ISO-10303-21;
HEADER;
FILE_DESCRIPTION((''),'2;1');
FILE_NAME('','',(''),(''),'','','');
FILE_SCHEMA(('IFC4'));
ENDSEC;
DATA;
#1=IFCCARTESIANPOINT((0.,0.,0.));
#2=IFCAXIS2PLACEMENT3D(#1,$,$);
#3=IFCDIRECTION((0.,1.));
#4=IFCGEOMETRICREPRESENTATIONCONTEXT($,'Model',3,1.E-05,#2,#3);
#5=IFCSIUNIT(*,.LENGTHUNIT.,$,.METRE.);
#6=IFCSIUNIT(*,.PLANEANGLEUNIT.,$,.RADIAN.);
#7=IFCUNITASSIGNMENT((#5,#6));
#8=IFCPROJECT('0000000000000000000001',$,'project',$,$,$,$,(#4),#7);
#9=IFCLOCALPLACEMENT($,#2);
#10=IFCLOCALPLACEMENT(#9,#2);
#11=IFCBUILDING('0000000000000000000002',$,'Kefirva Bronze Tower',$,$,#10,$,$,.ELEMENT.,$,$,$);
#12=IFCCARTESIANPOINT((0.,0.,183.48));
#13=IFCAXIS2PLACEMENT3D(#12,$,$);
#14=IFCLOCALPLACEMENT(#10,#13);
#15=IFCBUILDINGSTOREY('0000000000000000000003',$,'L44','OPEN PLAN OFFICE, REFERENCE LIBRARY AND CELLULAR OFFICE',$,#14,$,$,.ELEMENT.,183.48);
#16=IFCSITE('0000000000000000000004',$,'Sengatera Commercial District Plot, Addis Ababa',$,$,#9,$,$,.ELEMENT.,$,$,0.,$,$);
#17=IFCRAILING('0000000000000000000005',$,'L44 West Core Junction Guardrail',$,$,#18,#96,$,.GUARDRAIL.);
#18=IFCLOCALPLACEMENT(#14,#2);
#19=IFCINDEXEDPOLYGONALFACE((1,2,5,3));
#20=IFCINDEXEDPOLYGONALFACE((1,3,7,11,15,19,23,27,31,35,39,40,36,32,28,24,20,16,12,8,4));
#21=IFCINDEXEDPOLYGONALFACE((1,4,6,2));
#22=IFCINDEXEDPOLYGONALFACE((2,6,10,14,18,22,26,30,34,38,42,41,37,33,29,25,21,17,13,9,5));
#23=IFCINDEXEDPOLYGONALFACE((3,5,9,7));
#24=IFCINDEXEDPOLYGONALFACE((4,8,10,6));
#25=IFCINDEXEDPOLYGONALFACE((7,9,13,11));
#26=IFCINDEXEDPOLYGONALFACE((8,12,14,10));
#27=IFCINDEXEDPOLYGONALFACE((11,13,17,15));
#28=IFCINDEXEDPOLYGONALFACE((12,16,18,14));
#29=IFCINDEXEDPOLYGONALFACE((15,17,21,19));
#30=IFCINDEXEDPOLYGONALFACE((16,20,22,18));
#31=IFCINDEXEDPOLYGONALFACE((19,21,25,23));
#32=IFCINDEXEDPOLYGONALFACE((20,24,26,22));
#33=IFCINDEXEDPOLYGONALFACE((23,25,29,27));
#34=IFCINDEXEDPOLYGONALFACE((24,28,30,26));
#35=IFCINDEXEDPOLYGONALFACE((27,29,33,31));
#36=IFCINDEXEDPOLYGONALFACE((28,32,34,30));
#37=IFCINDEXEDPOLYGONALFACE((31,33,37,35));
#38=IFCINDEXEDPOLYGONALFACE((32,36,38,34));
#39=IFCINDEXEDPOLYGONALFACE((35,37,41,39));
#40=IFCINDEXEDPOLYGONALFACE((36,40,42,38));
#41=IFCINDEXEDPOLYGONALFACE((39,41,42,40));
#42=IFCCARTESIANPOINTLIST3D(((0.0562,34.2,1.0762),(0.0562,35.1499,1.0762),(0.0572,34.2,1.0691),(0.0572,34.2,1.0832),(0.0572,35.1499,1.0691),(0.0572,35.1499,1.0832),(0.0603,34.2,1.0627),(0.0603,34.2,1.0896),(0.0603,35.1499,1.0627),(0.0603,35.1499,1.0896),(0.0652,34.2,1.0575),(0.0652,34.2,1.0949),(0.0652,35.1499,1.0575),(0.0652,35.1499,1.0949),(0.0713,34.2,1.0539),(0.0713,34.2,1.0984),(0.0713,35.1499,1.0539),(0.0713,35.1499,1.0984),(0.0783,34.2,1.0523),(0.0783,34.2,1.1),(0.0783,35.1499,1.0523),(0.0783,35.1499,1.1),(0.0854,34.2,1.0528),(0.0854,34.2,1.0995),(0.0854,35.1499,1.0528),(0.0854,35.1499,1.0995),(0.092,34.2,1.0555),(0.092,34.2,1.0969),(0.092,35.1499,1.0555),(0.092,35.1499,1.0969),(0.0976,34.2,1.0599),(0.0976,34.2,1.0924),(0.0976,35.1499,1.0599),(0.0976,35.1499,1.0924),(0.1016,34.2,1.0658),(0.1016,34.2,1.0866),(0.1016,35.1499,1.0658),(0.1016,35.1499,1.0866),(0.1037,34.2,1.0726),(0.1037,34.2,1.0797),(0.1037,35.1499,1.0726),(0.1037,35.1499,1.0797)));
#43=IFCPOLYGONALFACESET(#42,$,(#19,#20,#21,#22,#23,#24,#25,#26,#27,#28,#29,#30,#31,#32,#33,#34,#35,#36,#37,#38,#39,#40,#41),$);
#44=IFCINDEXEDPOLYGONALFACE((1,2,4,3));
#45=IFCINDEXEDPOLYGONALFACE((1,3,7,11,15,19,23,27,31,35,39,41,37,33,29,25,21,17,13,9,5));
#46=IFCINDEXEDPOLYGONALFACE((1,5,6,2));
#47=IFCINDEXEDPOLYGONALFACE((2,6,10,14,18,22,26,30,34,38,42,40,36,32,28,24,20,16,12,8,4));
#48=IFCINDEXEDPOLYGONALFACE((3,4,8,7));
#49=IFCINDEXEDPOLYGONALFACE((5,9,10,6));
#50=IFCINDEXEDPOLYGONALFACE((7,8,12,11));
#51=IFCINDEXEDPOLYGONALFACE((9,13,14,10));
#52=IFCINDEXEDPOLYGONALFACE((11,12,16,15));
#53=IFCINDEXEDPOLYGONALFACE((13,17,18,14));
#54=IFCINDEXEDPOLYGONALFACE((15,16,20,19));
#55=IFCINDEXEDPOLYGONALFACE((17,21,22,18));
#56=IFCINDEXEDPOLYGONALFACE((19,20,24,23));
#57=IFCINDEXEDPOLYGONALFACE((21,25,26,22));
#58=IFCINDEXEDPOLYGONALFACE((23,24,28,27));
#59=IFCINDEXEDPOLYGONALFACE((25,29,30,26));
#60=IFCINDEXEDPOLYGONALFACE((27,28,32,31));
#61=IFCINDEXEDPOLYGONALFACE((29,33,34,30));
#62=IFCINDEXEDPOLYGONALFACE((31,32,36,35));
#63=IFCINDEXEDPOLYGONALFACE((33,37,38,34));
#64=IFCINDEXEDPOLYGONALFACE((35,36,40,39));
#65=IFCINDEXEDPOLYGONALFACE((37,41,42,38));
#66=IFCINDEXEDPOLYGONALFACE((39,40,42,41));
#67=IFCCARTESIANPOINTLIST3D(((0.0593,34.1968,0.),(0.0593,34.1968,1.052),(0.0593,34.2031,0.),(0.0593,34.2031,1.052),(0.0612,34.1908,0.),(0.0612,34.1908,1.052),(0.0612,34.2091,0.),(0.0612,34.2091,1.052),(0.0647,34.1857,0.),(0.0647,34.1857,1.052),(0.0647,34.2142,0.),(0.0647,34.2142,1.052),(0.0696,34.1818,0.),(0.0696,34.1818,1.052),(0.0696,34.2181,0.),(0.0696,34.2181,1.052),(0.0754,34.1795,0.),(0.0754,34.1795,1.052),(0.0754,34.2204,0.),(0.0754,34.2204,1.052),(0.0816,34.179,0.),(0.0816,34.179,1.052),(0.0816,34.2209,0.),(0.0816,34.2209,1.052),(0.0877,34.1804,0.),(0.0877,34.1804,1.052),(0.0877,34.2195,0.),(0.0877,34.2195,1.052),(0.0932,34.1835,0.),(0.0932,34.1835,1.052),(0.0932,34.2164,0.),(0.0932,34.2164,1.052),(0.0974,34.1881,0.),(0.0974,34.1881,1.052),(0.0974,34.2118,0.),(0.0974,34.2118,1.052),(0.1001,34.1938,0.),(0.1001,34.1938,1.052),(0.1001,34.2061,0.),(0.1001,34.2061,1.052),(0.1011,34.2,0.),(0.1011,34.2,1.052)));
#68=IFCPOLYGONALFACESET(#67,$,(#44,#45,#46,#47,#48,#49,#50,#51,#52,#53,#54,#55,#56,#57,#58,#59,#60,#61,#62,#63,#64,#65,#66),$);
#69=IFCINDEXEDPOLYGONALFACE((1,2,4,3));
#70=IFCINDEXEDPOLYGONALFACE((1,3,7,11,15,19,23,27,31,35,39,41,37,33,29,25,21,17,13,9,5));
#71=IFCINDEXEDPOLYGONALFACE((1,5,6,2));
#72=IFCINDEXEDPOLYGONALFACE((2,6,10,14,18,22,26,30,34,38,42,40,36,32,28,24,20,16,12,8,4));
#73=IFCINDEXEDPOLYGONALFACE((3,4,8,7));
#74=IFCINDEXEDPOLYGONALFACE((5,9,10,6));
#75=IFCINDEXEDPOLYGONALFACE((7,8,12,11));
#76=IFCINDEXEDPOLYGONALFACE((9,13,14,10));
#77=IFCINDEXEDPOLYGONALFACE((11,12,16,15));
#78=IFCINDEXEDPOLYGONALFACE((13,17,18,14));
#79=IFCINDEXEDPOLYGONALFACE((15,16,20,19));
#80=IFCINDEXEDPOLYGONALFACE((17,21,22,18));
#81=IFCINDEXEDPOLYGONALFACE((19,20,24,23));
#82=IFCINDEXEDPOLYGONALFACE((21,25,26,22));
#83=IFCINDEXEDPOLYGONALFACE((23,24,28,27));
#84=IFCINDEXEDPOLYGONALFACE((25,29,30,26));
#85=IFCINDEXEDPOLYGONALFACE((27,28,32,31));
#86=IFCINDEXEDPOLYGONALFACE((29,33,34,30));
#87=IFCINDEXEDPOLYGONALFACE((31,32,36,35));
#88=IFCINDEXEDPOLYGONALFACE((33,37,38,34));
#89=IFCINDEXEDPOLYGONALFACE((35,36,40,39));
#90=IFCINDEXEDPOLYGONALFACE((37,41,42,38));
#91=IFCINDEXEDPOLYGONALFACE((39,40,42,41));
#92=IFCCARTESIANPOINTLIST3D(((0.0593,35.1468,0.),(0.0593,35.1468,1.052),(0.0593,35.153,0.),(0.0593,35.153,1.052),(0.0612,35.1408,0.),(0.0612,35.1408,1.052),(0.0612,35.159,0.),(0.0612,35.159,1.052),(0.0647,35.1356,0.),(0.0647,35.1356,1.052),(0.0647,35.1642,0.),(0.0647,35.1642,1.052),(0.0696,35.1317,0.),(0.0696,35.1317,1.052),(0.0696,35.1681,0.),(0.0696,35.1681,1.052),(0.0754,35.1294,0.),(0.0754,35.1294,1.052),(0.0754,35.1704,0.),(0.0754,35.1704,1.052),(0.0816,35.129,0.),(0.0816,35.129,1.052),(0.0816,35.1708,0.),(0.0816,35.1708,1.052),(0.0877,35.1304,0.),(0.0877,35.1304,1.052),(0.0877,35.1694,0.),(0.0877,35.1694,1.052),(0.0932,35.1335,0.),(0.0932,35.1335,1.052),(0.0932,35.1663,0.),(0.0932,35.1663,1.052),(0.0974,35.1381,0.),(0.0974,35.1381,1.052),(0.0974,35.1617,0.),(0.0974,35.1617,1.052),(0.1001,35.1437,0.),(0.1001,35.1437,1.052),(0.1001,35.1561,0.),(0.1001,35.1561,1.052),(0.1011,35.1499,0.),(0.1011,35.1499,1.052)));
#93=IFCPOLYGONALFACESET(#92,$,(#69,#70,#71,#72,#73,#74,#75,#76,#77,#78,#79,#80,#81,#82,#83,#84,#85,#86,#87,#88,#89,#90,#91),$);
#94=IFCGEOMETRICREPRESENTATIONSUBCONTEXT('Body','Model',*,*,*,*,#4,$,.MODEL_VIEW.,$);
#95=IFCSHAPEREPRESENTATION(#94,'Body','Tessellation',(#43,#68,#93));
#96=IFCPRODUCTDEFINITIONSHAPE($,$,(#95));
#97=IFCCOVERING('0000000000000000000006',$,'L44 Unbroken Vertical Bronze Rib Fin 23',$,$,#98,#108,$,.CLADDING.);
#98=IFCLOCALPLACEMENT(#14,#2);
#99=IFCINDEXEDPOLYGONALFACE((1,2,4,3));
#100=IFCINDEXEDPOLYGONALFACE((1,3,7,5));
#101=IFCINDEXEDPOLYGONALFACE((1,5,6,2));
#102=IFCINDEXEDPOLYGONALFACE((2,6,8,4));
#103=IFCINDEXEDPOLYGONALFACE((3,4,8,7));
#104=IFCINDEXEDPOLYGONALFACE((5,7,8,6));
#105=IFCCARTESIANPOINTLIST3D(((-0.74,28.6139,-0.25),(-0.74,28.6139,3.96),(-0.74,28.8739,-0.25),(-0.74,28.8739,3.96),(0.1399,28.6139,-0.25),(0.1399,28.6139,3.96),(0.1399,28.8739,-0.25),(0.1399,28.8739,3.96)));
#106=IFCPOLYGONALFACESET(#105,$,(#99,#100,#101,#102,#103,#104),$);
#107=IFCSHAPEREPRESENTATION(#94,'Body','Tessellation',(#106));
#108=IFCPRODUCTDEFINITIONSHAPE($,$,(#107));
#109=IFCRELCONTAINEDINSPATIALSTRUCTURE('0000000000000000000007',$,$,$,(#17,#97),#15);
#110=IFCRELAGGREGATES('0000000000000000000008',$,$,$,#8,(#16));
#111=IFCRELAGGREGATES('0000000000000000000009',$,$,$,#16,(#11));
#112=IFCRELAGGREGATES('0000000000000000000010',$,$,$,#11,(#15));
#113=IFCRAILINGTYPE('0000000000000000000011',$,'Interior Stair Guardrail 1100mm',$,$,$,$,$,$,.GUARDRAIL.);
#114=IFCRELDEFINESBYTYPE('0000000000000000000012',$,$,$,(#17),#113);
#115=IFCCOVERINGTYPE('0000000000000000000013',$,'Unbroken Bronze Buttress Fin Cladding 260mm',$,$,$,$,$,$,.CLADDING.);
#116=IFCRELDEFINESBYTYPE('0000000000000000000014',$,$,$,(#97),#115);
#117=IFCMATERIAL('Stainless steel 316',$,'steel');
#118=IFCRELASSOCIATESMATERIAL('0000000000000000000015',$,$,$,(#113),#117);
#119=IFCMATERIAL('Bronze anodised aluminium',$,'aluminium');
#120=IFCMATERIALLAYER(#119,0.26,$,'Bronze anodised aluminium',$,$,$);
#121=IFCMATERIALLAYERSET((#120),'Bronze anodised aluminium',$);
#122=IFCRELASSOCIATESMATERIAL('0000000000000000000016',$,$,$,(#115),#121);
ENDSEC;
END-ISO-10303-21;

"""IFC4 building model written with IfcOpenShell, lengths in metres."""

from ifc_helpers import new_model, si_unit, direction, frame, origin, origin_2d, place, context, subcontext, project, spatial, rectangle, circle, extrude, material, layer, layer_set, type_object, element, save


model = new_model("IFC4")

# Units and contexts
model_context = context("Model", 3, precision=1e-05, world=origin(), true_north=direction((0.0, 1.0)))
body_context = subcontext(model_context, "Body", "Model", "MODEL_VIEW")
ifc_project = project(units=[si_unit("LENGTHUNIT", "METRE"), si_unit("PLANEANGLEUNIT", "RADIAN")], contexts=[model_context])

# Site, building, storey
site_placement = place(None, origin())
site = spatial("IfcSite", under=ifc_project, at=site_placement, Name="Sengatera Commercial District Plot, Addis Ababa", CompositionType="ELEMENT", RefElevation=0.0)
building_placement = place(site_placement, origin())
building = spatial("IfcBuilding", under=site, at=building_placement, Name="Kefirva Bronze Tower", CompositionType="ELEMENT")
storey_placement = place(building_placement, frame((0.0, 0.0, 183.48)))
storey = spatial("IfcBuildingStorey", under=building, at=storey_placement, Name="L44", Description="OPEN PLAN OFFICE, REFERENCE LIBRARY AND CELLULAR OFFICE", CompositionType="ELEMENT", Elevation=183.48)

# Shared definitions
ifc_material_1 = material(Name="Bronze anodised aluminium", Category="aluminium")

# Railing
ifc_material_2 = material(Name="Stainless steel 316", Category="steel")
railing_type = type_object("IfcRailingType", Name="Interior Stair Guardrail 1100mm", PredefinedType="GUARDRAIL", material=ifc_material_2)
railing_placement = place(storey_placement, frame((0.0801, 34.2, 0.0)))
element("IfcRailing", 1, at=railing_placement, inside=storey, type_object=railing_type, Name="L44 West Core Junction Guardrail", PredefinedType="GUARDRAIL", context=body_context, shape_type="SweptSolid", body=[
    extrude(circle(Radius=0.0239, at=origin_2d()), frame((0.0, 0.0, 1.0762), z_axis=(0.0, 1.0, 0.0), x_axis=(-1.0, 0.0, 0.0)), (0.0, 0.0, 1.0), 0.95),
    extrude(circle(Radius=0.021, at=origin_2d()), origin(), (0.0, 0.0, 1.0), 1.052),
    extrude(circle(Radius=0.021, at=origin_2d()), frame((0.0, 0.95, 0.0)), (0.0, 0.0, 1.0), 1.052),
])

# Covering
ifc_layer_1 = layer(ifc_material_1, 0.26, Name="Bronze anodised aluminium")
ifc_layer_set_1 = layer_set([ifc_layer_1], Name="Bronze anodised aluminium")
covering_type = type_object("IfcCoveringType", Name="Unbroken Bronze Buttress Fin Cladding 260mm", PredefinedType="CLADDING", material=ifc_layer_set_1)
covering_placement = place(storey_placement, frame((-0.3, 28.7439, -0.25), z_axis=(0.0, 0.0, 1.0), x_axis=(0.0, -1.0, 0.0)))
element("IfcCovering", 2, at=covering_placement, inside=storey, type_object=covering_type, Name="L44 Unbroken Vertical Bronze Rib Fin 23", PredefinedType="CLADDING", context=body_context, shape_type="SweptSolid", body=[
    extrude(rectangle(XDim=0.26, YDim=0.8799, at=origin_2d()), origin(), (0.0, 0.0, 1.0), 4.21),
])

save(model, "model.ifc")
